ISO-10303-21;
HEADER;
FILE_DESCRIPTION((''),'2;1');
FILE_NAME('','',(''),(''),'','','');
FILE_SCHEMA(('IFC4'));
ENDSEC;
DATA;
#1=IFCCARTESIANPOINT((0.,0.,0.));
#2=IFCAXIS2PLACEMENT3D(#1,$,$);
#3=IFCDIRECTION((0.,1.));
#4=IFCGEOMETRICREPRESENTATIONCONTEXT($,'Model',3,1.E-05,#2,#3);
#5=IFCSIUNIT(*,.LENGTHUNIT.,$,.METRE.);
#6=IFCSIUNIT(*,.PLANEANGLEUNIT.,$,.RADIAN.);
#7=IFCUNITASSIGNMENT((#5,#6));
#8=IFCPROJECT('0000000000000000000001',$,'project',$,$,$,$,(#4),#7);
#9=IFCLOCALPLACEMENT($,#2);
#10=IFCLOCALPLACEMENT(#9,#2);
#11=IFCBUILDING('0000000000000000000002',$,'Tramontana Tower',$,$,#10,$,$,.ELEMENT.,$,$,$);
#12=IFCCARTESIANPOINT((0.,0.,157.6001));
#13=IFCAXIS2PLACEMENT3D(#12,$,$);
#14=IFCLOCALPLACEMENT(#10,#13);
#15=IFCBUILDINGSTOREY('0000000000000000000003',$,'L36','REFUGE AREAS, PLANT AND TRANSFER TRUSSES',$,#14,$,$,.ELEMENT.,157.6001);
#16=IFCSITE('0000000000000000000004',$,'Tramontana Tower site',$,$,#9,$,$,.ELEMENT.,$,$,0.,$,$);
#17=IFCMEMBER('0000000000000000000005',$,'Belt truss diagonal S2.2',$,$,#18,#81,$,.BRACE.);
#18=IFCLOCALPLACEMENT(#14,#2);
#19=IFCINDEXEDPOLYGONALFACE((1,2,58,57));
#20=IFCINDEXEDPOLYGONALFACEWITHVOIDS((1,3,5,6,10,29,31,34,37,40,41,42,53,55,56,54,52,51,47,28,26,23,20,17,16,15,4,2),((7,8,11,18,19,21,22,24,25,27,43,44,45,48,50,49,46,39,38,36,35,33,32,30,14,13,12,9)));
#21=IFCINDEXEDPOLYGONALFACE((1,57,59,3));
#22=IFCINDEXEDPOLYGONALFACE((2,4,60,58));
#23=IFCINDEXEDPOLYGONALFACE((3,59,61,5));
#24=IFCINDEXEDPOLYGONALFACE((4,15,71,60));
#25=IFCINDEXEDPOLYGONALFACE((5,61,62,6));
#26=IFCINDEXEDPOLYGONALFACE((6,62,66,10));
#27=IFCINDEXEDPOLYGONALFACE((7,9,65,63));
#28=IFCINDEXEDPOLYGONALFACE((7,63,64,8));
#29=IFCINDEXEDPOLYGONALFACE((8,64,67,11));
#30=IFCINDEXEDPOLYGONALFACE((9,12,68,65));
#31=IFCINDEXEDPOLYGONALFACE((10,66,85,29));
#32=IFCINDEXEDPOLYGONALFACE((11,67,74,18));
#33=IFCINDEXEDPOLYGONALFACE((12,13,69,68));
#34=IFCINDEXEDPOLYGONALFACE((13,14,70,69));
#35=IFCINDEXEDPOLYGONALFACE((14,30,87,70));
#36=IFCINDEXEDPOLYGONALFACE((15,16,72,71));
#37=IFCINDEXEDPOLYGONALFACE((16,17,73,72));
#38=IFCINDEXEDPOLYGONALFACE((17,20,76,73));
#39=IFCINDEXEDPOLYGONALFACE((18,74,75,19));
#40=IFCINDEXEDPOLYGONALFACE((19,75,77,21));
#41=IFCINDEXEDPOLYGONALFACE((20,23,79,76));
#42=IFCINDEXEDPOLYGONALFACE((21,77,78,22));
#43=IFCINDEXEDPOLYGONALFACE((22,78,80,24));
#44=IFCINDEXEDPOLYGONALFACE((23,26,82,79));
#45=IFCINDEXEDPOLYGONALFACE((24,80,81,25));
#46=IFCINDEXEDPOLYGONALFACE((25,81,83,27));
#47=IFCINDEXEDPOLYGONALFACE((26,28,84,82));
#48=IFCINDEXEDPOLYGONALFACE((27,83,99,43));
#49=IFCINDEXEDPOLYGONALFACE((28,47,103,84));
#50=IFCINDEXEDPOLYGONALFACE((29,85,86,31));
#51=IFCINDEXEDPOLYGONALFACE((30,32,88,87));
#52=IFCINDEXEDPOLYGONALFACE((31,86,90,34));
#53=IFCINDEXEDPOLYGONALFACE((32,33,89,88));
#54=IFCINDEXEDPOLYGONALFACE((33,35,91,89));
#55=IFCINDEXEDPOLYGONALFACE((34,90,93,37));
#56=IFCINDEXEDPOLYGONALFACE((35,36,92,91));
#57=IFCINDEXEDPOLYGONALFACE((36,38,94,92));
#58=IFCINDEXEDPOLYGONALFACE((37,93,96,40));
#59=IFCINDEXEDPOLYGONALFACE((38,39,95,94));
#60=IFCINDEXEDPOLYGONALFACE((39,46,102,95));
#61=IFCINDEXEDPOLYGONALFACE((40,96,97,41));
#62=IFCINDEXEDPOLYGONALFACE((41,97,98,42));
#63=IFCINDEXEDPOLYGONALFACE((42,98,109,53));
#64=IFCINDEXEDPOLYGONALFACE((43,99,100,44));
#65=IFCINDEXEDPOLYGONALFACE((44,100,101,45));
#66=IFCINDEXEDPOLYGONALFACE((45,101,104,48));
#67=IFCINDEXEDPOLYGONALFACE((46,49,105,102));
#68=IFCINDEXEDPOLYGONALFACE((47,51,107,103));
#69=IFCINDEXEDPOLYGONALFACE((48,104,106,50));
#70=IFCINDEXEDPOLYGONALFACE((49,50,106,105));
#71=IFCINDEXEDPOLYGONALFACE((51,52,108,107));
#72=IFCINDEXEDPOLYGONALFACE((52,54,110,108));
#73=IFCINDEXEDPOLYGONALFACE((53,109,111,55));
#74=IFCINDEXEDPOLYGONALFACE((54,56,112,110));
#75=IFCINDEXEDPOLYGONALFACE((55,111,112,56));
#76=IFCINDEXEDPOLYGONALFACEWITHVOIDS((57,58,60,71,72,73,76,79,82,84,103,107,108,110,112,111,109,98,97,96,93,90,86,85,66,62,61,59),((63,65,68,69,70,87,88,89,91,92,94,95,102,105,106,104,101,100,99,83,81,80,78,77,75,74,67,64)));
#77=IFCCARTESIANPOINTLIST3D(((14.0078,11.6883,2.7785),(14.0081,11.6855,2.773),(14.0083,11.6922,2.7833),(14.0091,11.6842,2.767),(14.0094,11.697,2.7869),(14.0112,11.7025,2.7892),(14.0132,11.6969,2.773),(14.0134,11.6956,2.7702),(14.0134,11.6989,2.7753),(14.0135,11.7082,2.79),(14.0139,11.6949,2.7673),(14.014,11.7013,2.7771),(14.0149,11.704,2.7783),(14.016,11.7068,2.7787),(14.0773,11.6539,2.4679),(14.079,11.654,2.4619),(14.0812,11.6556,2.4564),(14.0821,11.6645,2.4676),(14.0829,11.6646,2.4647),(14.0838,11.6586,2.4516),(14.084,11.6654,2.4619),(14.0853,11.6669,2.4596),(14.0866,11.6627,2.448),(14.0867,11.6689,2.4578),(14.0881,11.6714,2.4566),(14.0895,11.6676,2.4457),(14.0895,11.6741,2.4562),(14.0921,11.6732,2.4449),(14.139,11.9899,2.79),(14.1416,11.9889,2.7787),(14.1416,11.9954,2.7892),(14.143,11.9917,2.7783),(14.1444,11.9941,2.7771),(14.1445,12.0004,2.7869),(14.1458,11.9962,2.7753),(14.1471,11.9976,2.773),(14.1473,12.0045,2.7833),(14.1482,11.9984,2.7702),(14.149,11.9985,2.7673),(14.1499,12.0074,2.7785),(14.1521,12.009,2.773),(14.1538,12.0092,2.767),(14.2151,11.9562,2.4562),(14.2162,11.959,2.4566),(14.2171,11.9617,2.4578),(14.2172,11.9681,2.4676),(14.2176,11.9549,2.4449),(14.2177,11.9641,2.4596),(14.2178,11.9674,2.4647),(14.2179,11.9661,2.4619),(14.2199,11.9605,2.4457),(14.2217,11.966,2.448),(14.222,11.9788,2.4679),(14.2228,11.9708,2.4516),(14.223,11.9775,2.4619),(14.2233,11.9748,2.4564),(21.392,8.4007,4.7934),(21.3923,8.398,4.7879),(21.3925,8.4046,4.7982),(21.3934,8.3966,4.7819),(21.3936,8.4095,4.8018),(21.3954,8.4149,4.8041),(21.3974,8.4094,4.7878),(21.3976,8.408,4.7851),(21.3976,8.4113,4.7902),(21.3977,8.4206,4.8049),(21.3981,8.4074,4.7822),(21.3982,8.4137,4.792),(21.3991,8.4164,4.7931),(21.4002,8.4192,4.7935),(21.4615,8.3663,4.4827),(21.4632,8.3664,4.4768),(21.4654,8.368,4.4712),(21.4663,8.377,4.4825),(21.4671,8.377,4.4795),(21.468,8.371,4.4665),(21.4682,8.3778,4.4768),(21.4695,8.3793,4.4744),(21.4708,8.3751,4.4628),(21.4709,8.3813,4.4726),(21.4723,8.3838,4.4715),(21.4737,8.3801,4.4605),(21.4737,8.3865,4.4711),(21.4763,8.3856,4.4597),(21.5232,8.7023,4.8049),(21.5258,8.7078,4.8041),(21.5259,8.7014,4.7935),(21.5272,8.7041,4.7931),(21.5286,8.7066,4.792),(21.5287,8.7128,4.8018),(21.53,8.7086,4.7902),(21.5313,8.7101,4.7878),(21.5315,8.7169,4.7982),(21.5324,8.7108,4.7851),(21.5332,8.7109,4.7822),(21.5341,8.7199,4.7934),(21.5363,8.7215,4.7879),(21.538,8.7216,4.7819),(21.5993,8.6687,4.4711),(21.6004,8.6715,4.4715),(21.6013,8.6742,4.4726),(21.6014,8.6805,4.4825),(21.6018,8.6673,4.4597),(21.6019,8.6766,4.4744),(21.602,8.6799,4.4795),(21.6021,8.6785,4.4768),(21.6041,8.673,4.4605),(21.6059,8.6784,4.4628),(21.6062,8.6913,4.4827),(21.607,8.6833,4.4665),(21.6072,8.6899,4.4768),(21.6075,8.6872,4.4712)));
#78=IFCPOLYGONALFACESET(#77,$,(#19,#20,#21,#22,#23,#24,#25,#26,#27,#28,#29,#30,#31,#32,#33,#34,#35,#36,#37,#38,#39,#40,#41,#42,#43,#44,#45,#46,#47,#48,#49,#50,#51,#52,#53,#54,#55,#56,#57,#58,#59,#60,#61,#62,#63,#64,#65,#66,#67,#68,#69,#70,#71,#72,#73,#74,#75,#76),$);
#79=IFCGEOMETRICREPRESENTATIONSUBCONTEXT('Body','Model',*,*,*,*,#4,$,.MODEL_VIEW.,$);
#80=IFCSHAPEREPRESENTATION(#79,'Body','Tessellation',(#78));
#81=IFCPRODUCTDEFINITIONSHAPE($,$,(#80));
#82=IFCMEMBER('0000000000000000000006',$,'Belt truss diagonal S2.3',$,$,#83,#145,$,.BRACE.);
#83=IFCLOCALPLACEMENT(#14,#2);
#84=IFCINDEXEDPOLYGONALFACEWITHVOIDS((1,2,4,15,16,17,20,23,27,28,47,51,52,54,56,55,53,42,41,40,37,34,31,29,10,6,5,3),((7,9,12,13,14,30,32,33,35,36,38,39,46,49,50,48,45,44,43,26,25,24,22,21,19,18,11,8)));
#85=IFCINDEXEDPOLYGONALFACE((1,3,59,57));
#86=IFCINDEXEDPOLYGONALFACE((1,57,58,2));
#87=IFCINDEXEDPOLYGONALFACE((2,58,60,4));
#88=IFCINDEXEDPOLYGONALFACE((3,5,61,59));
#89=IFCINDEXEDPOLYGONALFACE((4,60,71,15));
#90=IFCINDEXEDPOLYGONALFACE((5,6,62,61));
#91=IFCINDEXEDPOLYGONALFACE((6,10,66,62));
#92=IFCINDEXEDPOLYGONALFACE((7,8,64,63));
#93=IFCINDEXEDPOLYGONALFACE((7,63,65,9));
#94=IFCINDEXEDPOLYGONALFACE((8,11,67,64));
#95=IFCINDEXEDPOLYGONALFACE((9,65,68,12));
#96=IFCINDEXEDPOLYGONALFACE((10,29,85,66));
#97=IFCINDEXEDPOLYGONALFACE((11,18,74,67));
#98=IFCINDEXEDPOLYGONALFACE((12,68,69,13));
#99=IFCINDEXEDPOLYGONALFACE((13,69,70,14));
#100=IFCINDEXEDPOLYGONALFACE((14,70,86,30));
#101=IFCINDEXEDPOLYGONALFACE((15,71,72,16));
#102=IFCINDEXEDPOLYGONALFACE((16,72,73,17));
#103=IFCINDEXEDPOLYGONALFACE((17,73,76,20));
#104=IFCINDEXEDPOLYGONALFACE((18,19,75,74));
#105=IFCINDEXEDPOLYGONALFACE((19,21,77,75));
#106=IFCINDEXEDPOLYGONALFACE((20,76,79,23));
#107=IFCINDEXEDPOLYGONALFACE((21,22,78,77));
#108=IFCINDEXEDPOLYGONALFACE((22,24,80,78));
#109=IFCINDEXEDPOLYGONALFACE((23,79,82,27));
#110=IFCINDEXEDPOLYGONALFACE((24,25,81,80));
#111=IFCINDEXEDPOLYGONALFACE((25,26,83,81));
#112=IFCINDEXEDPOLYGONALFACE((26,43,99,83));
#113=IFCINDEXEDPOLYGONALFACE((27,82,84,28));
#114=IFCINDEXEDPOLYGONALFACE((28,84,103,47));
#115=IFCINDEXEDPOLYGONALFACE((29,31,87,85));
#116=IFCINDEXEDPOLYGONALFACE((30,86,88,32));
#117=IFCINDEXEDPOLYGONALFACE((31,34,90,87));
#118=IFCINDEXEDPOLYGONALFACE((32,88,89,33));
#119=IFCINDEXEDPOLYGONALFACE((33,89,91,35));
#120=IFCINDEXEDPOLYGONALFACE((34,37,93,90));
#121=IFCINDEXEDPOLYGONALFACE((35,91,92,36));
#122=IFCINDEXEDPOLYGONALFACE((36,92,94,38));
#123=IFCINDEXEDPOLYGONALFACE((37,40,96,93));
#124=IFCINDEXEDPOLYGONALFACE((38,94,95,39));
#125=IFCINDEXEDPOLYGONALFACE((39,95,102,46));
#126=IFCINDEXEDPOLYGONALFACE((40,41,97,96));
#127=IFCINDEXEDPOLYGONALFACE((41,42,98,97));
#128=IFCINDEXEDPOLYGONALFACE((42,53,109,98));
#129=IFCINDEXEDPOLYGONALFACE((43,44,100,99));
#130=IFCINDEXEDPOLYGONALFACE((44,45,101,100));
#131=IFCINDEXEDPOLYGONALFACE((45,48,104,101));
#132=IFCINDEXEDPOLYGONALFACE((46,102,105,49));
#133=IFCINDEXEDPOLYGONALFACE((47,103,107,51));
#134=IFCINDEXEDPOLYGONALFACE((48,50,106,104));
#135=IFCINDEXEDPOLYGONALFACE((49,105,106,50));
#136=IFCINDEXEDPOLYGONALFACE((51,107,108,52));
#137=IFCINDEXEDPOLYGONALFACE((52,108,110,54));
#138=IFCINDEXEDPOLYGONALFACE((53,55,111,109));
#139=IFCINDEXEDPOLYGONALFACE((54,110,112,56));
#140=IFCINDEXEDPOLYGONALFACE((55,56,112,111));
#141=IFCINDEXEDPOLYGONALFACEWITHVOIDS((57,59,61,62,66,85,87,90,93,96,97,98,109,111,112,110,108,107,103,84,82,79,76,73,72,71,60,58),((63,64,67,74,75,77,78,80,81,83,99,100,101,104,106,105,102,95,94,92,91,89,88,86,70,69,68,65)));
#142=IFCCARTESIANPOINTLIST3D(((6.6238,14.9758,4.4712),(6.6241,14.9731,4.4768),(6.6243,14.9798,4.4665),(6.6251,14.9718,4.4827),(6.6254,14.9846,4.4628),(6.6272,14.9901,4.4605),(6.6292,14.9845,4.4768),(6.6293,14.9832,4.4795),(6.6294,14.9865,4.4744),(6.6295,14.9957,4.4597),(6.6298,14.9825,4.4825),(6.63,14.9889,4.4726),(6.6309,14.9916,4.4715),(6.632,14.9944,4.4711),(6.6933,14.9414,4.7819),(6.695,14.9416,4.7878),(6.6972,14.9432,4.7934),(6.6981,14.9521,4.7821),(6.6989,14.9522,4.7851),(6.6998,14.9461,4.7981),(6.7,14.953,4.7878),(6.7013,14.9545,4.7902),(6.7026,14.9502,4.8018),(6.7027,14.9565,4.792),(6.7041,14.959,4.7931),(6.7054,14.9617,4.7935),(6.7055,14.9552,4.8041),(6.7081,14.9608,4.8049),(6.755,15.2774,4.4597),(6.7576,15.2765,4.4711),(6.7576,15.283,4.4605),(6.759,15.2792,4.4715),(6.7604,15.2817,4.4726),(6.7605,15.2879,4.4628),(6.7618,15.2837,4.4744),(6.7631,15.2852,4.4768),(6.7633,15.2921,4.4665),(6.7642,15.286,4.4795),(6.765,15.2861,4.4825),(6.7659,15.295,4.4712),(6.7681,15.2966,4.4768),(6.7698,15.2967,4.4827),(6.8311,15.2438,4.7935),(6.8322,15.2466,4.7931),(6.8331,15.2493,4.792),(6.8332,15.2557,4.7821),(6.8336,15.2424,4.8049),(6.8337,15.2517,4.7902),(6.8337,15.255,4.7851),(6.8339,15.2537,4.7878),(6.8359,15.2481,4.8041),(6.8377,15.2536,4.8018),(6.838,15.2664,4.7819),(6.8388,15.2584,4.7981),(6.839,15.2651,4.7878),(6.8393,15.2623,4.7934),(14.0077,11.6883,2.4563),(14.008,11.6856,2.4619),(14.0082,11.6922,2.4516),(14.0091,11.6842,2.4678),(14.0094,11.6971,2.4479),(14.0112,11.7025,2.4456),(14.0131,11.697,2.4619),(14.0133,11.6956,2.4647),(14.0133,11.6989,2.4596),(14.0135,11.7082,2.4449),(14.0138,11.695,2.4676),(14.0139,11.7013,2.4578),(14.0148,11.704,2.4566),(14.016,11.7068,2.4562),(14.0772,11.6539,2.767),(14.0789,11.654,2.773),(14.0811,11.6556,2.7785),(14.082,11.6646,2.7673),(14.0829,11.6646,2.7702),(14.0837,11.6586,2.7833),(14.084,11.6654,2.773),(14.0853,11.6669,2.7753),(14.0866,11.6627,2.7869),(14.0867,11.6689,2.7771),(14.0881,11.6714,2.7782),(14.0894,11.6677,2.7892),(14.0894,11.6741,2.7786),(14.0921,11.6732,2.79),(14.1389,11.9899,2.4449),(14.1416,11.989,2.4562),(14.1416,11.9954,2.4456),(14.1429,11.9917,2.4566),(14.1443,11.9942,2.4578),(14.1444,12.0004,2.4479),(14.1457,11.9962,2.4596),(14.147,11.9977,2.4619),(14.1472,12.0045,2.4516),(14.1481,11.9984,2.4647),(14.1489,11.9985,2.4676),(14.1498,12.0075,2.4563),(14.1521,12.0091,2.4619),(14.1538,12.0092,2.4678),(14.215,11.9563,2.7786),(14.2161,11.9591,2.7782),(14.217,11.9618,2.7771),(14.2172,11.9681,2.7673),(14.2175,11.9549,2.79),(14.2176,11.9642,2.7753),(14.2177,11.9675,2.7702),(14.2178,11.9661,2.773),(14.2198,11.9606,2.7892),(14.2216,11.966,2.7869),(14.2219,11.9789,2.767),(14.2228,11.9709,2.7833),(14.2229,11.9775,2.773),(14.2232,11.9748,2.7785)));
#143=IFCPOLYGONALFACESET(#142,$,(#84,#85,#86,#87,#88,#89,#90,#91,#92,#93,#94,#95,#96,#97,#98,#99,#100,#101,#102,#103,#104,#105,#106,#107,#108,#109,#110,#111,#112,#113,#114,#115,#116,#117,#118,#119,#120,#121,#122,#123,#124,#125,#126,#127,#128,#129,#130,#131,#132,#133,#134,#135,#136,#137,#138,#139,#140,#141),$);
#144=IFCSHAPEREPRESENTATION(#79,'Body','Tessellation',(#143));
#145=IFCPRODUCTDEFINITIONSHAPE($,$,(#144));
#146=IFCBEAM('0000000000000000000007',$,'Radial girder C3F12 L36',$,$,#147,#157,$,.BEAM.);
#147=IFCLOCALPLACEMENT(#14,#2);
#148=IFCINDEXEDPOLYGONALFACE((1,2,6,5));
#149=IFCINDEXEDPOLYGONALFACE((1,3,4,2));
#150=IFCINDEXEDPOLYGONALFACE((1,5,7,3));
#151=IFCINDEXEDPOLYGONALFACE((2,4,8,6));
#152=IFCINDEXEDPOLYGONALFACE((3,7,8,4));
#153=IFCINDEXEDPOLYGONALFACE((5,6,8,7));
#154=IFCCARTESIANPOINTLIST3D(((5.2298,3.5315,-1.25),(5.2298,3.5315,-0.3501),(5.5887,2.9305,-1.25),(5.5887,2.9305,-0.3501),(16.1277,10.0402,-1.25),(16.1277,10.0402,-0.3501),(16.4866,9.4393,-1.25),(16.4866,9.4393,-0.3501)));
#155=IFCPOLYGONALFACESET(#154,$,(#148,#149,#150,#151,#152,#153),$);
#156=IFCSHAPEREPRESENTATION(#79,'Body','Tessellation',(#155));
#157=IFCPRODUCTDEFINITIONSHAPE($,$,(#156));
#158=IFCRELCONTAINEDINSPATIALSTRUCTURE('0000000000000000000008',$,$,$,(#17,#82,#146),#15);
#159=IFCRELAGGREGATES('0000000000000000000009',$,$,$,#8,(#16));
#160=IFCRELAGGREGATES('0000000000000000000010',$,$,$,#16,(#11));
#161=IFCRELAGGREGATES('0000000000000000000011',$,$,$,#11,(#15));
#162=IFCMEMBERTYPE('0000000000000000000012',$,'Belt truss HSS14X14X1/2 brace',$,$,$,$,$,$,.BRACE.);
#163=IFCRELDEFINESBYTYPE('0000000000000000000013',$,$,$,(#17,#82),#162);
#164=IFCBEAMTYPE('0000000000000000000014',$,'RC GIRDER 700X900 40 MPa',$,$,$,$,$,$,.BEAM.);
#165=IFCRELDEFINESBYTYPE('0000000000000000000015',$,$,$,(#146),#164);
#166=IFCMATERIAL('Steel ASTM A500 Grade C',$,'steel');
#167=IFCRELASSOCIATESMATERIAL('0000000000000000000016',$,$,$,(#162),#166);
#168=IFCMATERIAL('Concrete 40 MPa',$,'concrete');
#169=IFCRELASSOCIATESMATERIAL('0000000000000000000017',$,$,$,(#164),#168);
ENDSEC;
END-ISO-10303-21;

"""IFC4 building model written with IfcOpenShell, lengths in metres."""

from ifc_helpers import new_model, si_unit, direction, frame, origin, origin_2d, place, context, subcontext, project, spatial, rectangle, hollow_rectangle, extrude, material, material_profile, profile_set, type_object, element, save


model = new_model("IFC4")

# Units and contexts
model_context = context("Model", 3, precision=1e-05, world=origin(), true_north=direction((0.0, 1.0)))
body_context = subcontext(model_context, "Body", "Model", "MODEL_VIEW")
ifc_project = project(units=[si_unit("LENGTHUNIT", "METRE"), si_unit("PLANEANGLEUNIT", "RADIAN")], contexts=[model_context])

# Site, building, storey
site_placement = place(None, origin())
site = spatial("IfcSite", under=ifc_project, at=site_placement, Name="Tramontana Tower site", CompositionType="ELEMENT", RefElevation=0.0)
building_placement = place(site_placement, origin())
building = spatial("IfcBuilding", under=site, at=building_placement, Name="Tramontana Tower", CompositionType="ELEMENT")
storey_placement = place(building_placement, frame((0.0, 0.0, 157.6001)))
storey = spatial("IfcBuildingStorey", under=building, at=storey_placement, Name="L36", Description="REFUGE AREAS, PLANT AND TRANSFER TRUSSES", CompositionType="ELEMENT", Elevation=157.6001)

# Members
ifc_material_1 = material(Name="Steel ASTM A500 Grade C", Category="steel")
ifc_material_profile_1 = material_profile(ifc_material_1, hollow_rectangle(XDim=0.3557, YDim=0.3557, WallThickness=0.0117, InnerFilletRadius=0.0117, OuterFilletRadius=0.0237, at=origin_2d()), Name="HSS14X14X1/2")
ifc_profile_set_1 = profile_set([ifc_material_profile_1], Name="Steel ASTM A500 Grade C")
member_type_1 = type_object("IfcMemberType", Name="Belt truss HSS14X14X1/2 brace", PredefinedType="BRACE", material=ifc_profile_set_1)
member_1_placement = place(storey_placement, frame((21.4998, 8.5439, 4.6323), z_axis=(-0.886425, 0.39465, -0.241872), x_axis=(-0.406727, -0.91355, 0.0)))
element("IfcMember", 1, at=member_1_placement, inside=storey, type_object=member_type_1, Name="Belt truss diagonal S2.2", PredefinedType="BRACE", context=body_context, shape_type="SweptSolid", body=[
    extrude(hollow_rectangle(XDim=0.3557, YDim=0.3557, WallThickness=0.0117, InnerFilletRadius=0.0117, OuterFilletRadius=0.0237, at=origin_2d()), origin(), (0.0, 0.0, 1.0), 8.3303),
])
member_2_placement = place(storey_placement, frame((14.1155, 11.8315, 2.6174), z_axis=(-0.886419, 0.394661, 0.241878), x_axis=(-0.406738, -0.913545, 0.0)))
element("IfcMember", 2, at=member_2_placement, inside=storey, type_object=member_type_1, Name="Belt truss diagonal S2.3", PredefinedType="BRACE", context=body_context, shape_type="SweptSolid", body=[
    extrude(hollow_rectangle(XDim=0.3557, YDim=0.3557, WallThickness=0.0117, InnerFilletRadius=0.0117, OuterFilletRadius=0.0237, at=origin_2d()), origin(), (0.0, 0.0, 1.0), 8.3301),
])

# Beam
ifc_material_2 = material(Name="Concrete 40 MPa", Category="concrete")
ifc_material_profile_2 = material_profile(ifc_material_2, rectangle(XDim=0.7, YDim=0.8999, at=origin_2d()), Name="RC GIRDER 700X900 40 MPa")
ifc_profile_set_2 = profile_set([ifc_material_profile_2], Name="Concrete 40 MPa")
beam_type = type_object("IfcBeamType", Name="RC GIRDER 700X900 40 MPa", PredefinedType="BEAM", material=ifc_profile_set_2)
beam_placement = place(storey_placement, frame((16.3071, 9.7397, -0.8), z_axis=(-0.858533, -0.512758, 0.0), x_axis=(0.512758, -0.858533, 0.0)))
element("IfcBeam", 3, at=beam_placement, inside=storey, type_object=beam_type, Name="Radial girder C3F12 L36", PredefinedType="BEAM", context=body_context, shape_type="SweptSolid", body=[
    extrude(rectangle(XDim=0.7, YDim=0.8999, at=origin_2d()), origin(), (0.0, 0.0, 1.0), 12.6936),
])

save(model, "model.ifc")
